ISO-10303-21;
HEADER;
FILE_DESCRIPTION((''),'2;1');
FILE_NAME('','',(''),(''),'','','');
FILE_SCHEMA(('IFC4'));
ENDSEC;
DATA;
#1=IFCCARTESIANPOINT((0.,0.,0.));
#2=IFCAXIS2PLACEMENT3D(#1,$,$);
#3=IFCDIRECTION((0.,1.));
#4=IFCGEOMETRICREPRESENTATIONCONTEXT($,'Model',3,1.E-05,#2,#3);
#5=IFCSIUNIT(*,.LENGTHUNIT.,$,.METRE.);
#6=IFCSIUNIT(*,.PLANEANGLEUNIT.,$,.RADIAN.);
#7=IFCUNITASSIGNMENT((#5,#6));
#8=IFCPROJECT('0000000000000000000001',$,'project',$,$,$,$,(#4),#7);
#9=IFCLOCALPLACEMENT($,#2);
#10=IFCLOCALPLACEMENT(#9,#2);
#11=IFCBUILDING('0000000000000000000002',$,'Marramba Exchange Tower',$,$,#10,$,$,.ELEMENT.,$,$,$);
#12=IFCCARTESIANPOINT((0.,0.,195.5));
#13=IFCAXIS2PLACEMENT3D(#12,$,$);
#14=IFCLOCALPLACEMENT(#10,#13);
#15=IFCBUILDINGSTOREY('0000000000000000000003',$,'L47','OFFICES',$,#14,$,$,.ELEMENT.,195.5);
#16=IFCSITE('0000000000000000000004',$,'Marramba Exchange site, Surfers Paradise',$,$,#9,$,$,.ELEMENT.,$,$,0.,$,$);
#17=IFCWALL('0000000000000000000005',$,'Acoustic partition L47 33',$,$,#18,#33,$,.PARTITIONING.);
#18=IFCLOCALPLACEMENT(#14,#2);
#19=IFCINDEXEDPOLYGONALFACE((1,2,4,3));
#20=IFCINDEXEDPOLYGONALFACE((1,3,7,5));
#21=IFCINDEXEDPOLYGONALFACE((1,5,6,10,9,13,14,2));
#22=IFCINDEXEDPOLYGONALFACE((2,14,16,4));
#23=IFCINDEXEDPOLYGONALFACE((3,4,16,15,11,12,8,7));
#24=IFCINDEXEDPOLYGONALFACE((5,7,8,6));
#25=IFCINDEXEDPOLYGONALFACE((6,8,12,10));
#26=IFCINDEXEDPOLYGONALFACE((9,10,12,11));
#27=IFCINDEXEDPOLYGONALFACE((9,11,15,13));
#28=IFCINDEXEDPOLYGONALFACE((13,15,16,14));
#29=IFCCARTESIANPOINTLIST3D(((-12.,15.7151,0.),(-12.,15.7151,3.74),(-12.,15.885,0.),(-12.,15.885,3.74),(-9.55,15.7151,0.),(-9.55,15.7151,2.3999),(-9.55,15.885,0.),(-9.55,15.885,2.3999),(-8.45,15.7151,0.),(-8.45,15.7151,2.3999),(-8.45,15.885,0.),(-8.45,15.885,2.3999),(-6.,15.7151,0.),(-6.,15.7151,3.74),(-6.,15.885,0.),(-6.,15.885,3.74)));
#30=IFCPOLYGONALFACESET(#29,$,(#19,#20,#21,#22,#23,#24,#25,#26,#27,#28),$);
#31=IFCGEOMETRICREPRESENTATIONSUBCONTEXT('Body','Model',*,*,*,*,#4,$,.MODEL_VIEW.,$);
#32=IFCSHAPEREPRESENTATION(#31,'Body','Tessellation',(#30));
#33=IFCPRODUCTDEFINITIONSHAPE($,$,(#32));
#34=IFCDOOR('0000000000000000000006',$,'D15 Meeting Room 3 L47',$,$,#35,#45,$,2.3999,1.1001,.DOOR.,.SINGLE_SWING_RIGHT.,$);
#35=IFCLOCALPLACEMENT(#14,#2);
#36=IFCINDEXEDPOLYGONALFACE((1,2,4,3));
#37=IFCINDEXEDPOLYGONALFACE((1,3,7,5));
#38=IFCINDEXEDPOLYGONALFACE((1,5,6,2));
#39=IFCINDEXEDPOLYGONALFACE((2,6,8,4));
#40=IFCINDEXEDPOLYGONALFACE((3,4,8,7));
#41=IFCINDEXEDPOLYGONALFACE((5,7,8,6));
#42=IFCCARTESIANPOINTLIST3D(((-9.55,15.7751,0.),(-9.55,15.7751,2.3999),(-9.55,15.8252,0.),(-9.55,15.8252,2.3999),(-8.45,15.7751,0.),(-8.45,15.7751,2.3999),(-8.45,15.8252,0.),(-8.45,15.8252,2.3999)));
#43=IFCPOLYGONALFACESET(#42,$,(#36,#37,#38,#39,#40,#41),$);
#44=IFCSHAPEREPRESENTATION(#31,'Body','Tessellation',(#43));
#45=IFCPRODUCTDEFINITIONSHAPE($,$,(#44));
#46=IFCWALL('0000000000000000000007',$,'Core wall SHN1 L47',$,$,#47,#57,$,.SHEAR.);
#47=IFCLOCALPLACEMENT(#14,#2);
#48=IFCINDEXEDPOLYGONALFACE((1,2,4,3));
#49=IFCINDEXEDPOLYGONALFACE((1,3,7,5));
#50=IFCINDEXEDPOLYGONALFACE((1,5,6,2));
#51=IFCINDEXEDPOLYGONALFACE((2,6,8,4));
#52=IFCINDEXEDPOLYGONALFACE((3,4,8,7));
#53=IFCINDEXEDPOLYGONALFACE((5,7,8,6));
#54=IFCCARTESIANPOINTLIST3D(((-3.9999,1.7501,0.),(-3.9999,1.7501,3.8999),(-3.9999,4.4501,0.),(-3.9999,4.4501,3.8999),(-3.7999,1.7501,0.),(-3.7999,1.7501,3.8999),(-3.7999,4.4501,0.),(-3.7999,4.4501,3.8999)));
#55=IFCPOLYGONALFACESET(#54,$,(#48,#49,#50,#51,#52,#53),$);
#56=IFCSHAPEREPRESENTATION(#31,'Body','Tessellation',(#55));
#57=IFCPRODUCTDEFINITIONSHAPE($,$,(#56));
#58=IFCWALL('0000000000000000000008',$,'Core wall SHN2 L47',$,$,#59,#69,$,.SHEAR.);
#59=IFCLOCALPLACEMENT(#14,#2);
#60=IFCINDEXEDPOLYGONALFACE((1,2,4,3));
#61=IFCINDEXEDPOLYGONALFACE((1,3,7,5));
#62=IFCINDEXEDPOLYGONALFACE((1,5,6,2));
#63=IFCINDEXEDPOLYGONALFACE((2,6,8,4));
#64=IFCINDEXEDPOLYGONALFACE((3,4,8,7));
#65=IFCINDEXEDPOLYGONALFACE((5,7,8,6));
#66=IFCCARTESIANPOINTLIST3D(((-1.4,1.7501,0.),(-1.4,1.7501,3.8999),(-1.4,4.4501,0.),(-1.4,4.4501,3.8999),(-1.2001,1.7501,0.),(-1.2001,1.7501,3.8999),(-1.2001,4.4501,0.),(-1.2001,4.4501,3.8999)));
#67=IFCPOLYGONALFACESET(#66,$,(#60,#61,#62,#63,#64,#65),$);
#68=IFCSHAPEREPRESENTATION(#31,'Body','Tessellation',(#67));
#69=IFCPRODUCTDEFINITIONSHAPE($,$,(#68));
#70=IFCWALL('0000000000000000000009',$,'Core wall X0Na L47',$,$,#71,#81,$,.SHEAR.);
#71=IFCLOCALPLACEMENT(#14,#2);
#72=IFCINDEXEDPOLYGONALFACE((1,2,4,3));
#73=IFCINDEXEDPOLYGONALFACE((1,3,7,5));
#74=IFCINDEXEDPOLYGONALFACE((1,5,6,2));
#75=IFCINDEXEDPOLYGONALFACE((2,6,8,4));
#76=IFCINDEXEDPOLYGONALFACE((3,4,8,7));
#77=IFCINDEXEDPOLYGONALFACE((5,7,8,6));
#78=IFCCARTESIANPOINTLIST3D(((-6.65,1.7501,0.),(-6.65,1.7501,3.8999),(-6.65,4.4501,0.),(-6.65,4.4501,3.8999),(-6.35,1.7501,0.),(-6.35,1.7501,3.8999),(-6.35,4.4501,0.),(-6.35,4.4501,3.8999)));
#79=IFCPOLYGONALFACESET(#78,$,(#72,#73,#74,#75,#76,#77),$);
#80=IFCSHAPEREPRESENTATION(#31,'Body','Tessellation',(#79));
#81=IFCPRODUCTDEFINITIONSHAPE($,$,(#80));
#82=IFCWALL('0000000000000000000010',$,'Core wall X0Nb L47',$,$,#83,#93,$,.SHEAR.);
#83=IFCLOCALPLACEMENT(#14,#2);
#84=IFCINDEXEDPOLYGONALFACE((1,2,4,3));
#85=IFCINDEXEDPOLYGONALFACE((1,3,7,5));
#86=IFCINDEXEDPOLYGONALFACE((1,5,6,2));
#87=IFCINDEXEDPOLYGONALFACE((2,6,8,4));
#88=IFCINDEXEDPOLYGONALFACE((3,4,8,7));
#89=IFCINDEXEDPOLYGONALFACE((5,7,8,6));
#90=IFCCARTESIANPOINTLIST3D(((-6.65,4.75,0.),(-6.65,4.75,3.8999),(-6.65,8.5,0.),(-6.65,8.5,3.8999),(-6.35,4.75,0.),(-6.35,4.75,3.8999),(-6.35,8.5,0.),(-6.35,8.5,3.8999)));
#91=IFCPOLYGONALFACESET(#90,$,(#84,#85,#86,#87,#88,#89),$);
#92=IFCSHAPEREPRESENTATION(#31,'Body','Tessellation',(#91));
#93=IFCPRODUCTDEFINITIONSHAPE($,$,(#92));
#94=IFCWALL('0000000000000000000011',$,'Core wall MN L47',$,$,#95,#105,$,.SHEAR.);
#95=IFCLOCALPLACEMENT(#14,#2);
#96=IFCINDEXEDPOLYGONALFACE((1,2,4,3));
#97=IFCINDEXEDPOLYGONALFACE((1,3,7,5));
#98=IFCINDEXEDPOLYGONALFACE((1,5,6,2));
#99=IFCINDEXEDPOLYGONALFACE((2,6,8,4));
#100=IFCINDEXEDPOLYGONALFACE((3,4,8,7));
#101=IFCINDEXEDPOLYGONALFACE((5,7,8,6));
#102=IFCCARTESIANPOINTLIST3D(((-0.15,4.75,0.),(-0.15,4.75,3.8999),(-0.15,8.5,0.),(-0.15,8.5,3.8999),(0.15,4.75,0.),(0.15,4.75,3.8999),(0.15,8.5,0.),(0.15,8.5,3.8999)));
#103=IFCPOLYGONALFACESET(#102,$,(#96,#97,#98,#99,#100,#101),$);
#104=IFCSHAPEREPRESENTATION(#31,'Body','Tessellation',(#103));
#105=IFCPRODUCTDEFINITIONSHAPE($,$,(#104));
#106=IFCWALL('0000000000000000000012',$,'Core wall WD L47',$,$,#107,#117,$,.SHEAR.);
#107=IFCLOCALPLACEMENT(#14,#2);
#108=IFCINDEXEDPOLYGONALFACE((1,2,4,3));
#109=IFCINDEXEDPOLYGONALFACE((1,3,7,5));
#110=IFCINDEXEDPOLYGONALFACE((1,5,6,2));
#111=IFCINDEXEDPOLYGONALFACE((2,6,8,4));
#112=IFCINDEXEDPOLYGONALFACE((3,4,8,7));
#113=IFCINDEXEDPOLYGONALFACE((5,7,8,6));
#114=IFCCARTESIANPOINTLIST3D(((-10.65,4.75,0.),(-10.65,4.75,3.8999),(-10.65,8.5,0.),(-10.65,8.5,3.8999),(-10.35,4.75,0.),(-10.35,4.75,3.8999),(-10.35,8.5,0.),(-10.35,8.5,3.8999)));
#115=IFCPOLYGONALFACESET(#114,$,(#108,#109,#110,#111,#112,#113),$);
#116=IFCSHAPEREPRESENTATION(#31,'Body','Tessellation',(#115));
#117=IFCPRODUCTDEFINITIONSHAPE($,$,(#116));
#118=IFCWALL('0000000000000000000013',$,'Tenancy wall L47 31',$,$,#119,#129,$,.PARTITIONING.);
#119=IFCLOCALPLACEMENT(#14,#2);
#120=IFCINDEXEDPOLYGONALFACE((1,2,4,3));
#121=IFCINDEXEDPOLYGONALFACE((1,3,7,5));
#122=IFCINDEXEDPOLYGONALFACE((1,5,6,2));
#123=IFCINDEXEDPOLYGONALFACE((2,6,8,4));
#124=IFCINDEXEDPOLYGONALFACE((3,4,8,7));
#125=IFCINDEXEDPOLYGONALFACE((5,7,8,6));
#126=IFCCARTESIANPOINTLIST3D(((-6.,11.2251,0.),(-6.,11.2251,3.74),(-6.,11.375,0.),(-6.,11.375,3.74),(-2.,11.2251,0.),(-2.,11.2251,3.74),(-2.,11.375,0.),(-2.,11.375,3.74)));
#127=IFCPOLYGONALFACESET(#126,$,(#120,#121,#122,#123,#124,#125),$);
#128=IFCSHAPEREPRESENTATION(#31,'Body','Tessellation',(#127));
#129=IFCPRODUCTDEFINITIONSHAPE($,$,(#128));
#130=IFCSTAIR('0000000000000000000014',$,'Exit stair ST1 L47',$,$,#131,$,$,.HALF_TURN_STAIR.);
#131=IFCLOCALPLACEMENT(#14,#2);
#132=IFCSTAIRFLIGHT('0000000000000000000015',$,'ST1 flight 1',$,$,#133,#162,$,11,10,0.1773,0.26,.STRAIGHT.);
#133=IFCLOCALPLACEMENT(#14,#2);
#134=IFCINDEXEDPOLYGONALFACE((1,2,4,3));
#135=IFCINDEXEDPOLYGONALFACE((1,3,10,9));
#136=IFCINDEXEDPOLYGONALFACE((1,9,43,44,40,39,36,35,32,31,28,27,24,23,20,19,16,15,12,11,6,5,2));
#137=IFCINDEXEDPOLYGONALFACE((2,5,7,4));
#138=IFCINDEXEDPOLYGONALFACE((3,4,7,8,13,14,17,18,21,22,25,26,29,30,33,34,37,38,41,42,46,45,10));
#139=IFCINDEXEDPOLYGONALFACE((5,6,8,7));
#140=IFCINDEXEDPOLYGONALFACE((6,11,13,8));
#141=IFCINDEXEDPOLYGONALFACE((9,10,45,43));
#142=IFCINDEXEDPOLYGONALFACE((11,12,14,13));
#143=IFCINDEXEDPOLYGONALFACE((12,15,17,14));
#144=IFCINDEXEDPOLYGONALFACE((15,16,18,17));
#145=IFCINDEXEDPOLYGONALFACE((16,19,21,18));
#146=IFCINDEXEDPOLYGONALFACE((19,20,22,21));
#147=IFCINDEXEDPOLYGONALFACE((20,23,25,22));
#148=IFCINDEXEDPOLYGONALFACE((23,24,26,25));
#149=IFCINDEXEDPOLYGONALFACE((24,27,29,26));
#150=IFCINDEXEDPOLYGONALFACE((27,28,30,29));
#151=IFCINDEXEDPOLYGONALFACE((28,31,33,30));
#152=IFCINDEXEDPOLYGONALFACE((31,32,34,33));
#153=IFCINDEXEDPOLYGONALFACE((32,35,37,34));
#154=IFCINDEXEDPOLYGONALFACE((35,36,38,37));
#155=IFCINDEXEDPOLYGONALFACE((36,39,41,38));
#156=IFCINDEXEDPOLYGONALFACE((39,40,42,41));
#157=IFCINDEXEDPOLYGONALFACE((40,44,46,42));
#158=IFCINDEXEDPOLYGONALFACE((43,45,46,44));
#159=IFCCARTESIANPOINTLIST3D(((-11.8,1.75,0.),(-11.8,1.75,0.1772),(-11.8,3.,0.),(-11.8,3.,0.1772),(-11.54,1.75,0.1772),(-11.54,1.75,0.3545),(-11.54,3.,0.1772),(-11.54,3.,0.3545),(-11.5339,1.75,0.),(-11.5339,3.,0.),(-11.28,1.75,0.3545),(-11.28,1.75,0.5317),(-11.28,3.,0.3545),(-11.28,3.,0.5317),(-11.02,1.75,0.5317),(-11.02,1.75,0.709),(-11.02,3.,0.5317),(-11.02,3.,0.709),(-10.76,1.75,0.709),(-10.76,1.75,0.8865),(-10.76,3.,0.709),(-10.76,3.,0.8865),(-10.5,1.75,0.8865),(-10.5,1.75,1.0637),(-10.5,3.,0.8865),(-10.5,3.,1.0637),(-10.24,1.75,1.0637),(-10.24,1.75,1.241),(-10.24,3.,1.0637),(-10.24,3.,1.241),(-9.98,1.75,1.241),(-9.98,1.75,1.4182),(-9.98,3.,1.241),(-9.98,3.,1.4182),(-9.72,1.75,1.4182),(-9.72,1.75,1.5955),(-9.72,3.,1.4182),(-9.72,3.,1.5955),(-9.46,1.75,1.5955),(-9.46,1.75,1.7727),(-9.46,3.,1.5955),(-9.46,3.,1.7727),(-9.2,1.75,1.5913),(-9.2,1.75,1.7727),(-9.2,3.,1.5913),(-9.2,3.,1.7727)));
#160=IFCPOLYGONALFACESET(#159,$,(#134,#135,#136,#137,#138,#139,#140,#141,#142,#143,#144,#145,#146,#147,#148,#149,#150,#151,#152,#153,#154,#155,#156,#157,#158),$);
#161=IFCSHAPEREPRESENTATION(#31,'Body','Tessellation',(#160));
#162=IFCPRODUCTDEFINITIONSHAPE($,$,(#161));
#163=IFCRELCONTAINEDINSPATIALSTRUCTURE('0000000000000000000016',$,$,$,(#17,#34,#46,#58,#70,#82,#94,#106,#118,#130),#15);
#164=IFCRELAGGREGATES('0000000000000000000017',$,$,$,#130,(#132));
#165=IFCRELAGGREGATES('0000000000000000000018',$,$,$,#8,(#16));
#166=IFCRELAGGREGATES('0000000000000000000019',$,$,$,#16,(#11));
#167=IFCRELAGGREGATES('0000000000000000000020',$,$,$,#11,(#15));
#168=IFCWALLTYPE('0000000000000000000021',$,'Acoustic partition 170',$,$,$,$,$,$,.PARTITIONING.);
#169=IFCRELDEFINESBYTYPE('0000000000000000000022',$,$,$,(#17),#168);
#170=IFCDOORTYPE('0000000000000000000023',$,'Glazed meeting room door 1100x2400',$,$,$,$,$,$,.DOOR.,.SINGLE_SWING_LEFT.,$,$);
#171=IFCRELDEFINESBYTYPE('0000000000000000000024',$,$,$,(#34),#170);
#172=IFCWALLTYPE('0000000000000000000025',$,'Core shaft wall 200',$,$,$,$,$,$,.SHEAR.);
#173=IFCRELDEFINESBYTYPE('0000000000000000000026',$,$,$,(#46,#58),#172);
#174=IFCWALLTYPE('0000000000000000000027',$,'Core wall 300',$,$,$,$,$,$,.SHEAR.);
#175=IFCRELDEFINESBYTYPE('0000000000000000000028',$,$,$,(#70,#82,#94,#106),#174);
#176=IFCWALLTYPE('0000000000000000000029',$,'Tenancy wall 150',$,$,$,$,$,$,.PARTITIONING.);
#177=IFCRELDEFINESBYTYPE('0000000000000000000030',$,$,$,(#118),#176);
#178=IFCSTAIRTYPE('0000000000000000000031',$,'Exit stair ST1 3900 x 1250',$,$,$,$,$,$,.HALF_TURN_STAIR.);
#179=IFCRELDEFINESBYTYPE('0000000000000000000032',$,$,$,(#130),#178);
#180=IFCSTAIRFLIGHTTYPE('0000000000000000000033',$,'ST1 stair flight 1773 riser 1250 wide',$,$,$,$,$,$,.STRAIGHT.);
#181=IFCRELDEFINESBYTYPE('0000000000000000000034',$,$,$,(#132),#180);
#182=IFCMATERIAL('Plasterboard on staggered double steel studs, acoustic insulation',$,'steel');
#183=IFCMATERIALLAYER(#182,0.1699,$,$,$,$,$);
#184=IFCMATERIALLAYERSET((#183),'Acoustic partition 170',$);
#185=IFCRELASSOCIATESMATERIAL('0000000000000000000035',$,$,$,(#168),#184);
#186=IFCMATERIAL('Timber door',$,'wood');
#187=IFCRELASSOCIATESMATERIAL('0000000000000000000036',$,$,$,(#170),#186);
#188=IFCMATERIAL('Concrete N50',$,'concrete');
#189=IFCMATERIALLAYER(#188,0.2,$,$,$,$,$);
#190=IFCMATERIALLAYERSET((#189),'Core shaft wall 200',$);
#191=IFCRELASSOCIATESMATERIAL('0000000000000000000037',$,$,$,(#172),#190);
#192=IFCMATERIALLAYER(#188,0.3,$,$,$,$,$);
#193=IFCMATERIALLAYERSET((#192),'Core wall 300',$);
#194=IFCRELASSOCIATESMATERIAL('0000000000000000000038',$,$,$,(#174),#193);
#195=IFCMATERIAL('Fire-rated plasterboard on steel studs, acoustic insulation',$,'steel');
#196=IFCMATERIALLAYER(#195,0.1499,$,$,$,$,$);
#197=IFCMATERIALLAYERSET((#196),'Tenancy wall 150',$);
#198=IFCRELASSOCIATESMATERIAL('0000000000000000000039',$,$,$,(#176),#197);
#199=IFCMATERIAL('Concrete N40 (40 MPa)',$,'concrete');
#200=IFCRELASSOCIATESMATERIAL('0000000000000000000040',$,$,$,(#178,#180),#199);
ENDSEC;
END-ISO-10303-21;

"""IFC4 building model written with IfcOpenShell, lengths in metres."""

from ifc_helpers import new_model, si_unit, direction, frame, frame_2d, origin, place, context, subcontext, project, spatial, polyline, rectangle, outline, extrude, material, layer, layer_set, type_object, element, fill, aggregate, save


model = new_model("IFC4")

# Units and contexts
model_context = context("Model", 3, precision=1e-05, world=origin(), true_north=direction((0.0, 1.0)))
body_context = subcontext(model_context, "Body", "Model", "MODEL_VIEW")
ifc_project = project(units=[si_unit("LENGTHUNIT", "METRE"), si_unit("PLANEANGLEUNIT", "RADIAN")], contexts=[model_context])

# Site, building, storey
site_placement = place(None, origin())
site = spatial("IfcSite", under=ifc_project, at=site_placement, Name="Marramba Exchange site, Surfers Paradise", CompositionType="ELEMENT", RefElevation=0.0)
building_placement = place(site_placement, origin())
building = spatial("IfcBuilding", under=site, at=building_placement, Name="Marramba Exchange Tower", CompositionType="ELEMENT")
storey_placement = place(building_placement, frame((0.0, 0.0, 195.5)))
storey = spatial("IfcBuildingStorey", under=building, at=storey_placement, Name="L47", Description="OFFICES", CompositionType="ELEMENT", Elevation=195.5)

# Shared definitions
ifc_material_1 = material(Name="Concrete N50", Category="concrete")

# Shared definitions
ifc_material_2 = material(Name="Plasterboard on staggered double steel studs, acoustic insulation", Category="steel")
ifc_layer_1 = layer(ifc_material_2, 0.1699)
ifc_layer_set_1 = layer_set([ifc_layer_1], Name="Acoustic partition 170")
wall_type_1 = type_object("IfcWallType", Name="Acoustic partition 170", PredefinedType="PARTITIONING", material=ifc_layer_set_1)

# Wall, opening, door
wall_1_placement = place(storey_placement, frame((-6.0, 15.8, 0.0), z_axis=(0.0, 0.0, 1.0), x_axis=(-1.0, 0.0, 0.0)))
wall_1 = element("IfcWall", 1, at=wall_1_placement, inside=storey, type_object=wall_type_1, Name="Acoustic partition L47 33", PredefinedType="PARTITIONING", context=body_context, shape_type="SweptSolid", body=[
    extrude(rectangle(XDim=6.0, YDim=0.1699, at=frame_2d((3.0, 0.0))), origin(), (0.0, 0.0, 1.0), 3.74),
])
opening_1_placement = place(wall_1_placement, frame((2.45, 0.0, 0.0)))
opening_1 = element("IfcOpeningElement", 2, at=opening_1_placement, cuts=wall_1, PredefinedType="OPENING", context=body_context, shape_type="SweptSolid", body=[
    extrude(rectangle(XDim=1.1001, YDim=2.3999, at=frame_2d((0.55, 1.2))), frame((0.0, 0.095, 0.0), z_axis=(0.0, -1.0, 0.0), x_axis=(1.0, 0.0, 0.0)), (0.0, 0.0, 1.0), 0.1899),
])
ifc_material_3 = material(Name="Timber door", Category="wood")
door_type_1 = type_object("IfcDoorType", Name="Glazed meeting room door 1100x2400", OperationType="SINGLE_SWING_LEFT", PredefinedType="DOOR", material=ifc_material_3)
door_1_placement = place(opening_1_placement, origin())
door_1 = element("IfcDoor", 3, at=door_1_placement, inside=storey, type_object=door_type_1, Name="D15 Meeting Room 3 L47", OperationType="SINGLE_SWING_RIGHT", OverallHeight=2.3999, OverallWidth=1.1001, PredefinedType="DOOR", context=body_context, shape_type="SweptSolid", body=[
    extrude(rectangle(XDim=1.1001, YDim=2.3999, at=frame_2d((0.55, 1.2))), frame((0.0, 0.0249, 0.0), z_axis=(0.0, -1.0, 0.0), x_axis=(1.0, 0.0, 0.0)), (0.0, 0.0, 1.0), 0.05),
])
fill(opening_1, door_1)

# Walls
ifc_layer_2 = layer(ifc_material_1, 0.2)
ifc_layer_set_2 = layer_set([ifc_layer_2], Name="Core shaft wall 200")
wall_type_2 = type_object("IfcWallType", Name="Core shaft wall 200", PredefinedType="SHEAR", material=ifc_layer_set_2)
for number, where, z_axis, x_axis, name in (
    (4, (-3.8999, 1.75, 0.0), (0.0, 0.0, 1.0), (0.0, 1.0, 0.0), "Core wall SHN1 L47"),
    (5, (-1.3, 1.75, 0.0), (0.0, 0.0, 1.0), (0.0, 1.0, 0.0), "Core wall SHN2 L47"),
):
    element("IfcWall", number, at=place(storey_placement, frame(where, z_axis=z_axis, x_axis=x_axis)), inside=storey, type_object=wall_type_2, Name=name, PredefinedType="SHEAR", context=body_context, shape_type="SweptSolid", body=[
        extrude(rectangle(XDim=2.7, YDim=0.2, at=frame_2d((1.3501, 0.0))), origin(), (0.0, 0.0, 1.0), 3.8999),
    ])
ifc_layer_3 = layer(ifc_material_1, 0.3)
ifc_layer_set_3 = layer_set([ifc_layer_3], Name="Core wall 300")
wall_type_3 = type_object("IfcWallType", Name="Core wall 300", PredefinedType="SHEAR", material=ifc_layer_set_3)
wall_2_placement = place(storey_placement, frame((-6.5, 1.75, 0.0), z_axis=(0.0, 0.0, 1.0), x_axis=(0.0, 1.0, 0.0)))
element("IfcWall", 6, at=wall_2_placement, inside=storey, type_object=wall_type_3, Name="Core wall X0Na L47", PredefinedType="SHEAR", context=body_context, shape_type="SweptSolid", body=[
    extrude(rectangle(XDim=2.7, YDim=0.3, at=frame_2d((1.3501, 0.0))), origin(), (0.0, 0.0, 1.0), 3.8999),
])
for number, where, z_axis, x_axis, name in (
    (7, (-6.5, 4.75, 0.0), (0.0, 0.0, 1.0), (0.0, 1.0, 0.0), "Core wall X0Nb L47"),
    (8, (0.0, 4.75, 0.0), (0.0, 0.0, 1.0), (0.0, 1.0, 0.0), "Core wall MN L47"),
    (9, (-10.5, 4.75, 0.0), (0.0, 0.0, 1.0), (0.0, 1.0, 0.0), "Core wall WD L47"),
):
    element("IfcWall", number, at=place(storey_placement, frame(where, z_axis=z_axis, x_axis=x_axis)), inside=storey, type_object=wall_type_3, Name=name, PredefinedType="SHEAR", context=body_context, shape_type="SweptSolid", body=[
        extrude(rectangle(XDim=3.75, YDim=0.3, at=frame_2d((1.875, 0.0))), origin(), (0.0, 0.0, 1.0), 3.8999),
    ])

# Wall
ifc_material_4 = material(Name="Fire-rated plasterboard on steel studs, acoustic insulation", Category="steel")
ifc_layer_4 = layer(ifc_material_4, 0.1499)
ifc_layer_set_4 = layer_set([ifc_layer_4], Name="Tenancy wall 150")
wall_type_4 = type_object("IfcWallType", Name="Tenancy wall 150", PredefinedType="PARTITIONING", material=ifc_layer_set_4)
wall_3_placement = place(storey_placement, frame((-2.0, 11.3, 0.0), z_axis=(0.0, 0.0, 1.0), x_axis=(-1.0, 0.0, 0.0)))
element("IfcWall", 10, at=wall_3_placement, inside=storey, type_object=wall_type_4, Name="Tenancy wall L47 31", PredefinedType="PARTITIONING", context=body_context, shape_type="SweptSolid", body=[
    extrude(rectangle(XDim=4.0, YDim=0.1499, at=frame_2d((2.0, 0.0))), origin(), (0.0, 0.0, 1.0), 3.74),
])

# Stair, stair flight
ifc_material_5 = material(Name="Concrete N40 (40 MPa)", Category="concrete")
stair_type = type_object("IfcStairType", Name="Exit stair ST1 3900 x 1250", PredefinedType="HALF_TURN_STAIR", material=ifc_material_5)
stair_placement = place(storey_placement, origin())
stair = element("IfcStair", 11, at=stair_placement, inside=storey, type_object=stair_type, Name="Exit stair ST1 L47", PredefinedType="HALF_TURN_STAIR")
stair_flight_type = type_object("IfcStairFlightType", Name="ST1 stair flight 1773 riser 1250 wide", PredefinedType="STRAIGHT", material=ifc_material_5)
stair_flight_1_placement = place(storey_placement, frame((-11.8, 2.375, 0.0), z_axis=(0.0, 0.0, 1.0), x_axis=(1.0, 0.0, 0.0)))
stair_flight_1 = element("IfcStairFlight", 12, at=stair_flight_1_placement, type_object=stair_flight_type, Name="ST1 flight 1", NumberOfRisers=11, NumberOfTreads=10, PredefinedType="STRAIGHT", RiserHeight=0.1773, TreadLength=0.26, context=body_context, shape_type="SweptSolid", body=[
    extrude(outline(polyline([(0.0, 0.0), (0.0, 0.1772), (0.26, 0.1772), (0.26, 0.3545), (0.52, 0.3545), (0.52, 0.5317), (0.78, 0.5317), (0.78, 0.709), (1.04, 0.709), (1.04, 0.8865), (1.3, 0.8865), (1.3, 1.0637), (1.5601, 1.0637), (1.5601, 1.241), (1.8201, 1.241), (1.8201, 1.4182), (2.0801, 1.4182), (2.0801, 1.5955), (2.3401, 1.5955), (2.3401, 1.7727), (2.6001, 1.7727), (2.6001, 1.95), (2.6001, 1.5913), (0.2661, 0.0), (0.0, 0.0)])), frame((0.0, 0.625, 0.0), z_axis=(0.0, -1.0, 0.0), x_axis=(1.0, 0.0, 0.0)), (0.0, 0.0, 1.0), 1.25),
])
aggregate(stair, [stair_flight_1])

save(model, "model.ifc")
